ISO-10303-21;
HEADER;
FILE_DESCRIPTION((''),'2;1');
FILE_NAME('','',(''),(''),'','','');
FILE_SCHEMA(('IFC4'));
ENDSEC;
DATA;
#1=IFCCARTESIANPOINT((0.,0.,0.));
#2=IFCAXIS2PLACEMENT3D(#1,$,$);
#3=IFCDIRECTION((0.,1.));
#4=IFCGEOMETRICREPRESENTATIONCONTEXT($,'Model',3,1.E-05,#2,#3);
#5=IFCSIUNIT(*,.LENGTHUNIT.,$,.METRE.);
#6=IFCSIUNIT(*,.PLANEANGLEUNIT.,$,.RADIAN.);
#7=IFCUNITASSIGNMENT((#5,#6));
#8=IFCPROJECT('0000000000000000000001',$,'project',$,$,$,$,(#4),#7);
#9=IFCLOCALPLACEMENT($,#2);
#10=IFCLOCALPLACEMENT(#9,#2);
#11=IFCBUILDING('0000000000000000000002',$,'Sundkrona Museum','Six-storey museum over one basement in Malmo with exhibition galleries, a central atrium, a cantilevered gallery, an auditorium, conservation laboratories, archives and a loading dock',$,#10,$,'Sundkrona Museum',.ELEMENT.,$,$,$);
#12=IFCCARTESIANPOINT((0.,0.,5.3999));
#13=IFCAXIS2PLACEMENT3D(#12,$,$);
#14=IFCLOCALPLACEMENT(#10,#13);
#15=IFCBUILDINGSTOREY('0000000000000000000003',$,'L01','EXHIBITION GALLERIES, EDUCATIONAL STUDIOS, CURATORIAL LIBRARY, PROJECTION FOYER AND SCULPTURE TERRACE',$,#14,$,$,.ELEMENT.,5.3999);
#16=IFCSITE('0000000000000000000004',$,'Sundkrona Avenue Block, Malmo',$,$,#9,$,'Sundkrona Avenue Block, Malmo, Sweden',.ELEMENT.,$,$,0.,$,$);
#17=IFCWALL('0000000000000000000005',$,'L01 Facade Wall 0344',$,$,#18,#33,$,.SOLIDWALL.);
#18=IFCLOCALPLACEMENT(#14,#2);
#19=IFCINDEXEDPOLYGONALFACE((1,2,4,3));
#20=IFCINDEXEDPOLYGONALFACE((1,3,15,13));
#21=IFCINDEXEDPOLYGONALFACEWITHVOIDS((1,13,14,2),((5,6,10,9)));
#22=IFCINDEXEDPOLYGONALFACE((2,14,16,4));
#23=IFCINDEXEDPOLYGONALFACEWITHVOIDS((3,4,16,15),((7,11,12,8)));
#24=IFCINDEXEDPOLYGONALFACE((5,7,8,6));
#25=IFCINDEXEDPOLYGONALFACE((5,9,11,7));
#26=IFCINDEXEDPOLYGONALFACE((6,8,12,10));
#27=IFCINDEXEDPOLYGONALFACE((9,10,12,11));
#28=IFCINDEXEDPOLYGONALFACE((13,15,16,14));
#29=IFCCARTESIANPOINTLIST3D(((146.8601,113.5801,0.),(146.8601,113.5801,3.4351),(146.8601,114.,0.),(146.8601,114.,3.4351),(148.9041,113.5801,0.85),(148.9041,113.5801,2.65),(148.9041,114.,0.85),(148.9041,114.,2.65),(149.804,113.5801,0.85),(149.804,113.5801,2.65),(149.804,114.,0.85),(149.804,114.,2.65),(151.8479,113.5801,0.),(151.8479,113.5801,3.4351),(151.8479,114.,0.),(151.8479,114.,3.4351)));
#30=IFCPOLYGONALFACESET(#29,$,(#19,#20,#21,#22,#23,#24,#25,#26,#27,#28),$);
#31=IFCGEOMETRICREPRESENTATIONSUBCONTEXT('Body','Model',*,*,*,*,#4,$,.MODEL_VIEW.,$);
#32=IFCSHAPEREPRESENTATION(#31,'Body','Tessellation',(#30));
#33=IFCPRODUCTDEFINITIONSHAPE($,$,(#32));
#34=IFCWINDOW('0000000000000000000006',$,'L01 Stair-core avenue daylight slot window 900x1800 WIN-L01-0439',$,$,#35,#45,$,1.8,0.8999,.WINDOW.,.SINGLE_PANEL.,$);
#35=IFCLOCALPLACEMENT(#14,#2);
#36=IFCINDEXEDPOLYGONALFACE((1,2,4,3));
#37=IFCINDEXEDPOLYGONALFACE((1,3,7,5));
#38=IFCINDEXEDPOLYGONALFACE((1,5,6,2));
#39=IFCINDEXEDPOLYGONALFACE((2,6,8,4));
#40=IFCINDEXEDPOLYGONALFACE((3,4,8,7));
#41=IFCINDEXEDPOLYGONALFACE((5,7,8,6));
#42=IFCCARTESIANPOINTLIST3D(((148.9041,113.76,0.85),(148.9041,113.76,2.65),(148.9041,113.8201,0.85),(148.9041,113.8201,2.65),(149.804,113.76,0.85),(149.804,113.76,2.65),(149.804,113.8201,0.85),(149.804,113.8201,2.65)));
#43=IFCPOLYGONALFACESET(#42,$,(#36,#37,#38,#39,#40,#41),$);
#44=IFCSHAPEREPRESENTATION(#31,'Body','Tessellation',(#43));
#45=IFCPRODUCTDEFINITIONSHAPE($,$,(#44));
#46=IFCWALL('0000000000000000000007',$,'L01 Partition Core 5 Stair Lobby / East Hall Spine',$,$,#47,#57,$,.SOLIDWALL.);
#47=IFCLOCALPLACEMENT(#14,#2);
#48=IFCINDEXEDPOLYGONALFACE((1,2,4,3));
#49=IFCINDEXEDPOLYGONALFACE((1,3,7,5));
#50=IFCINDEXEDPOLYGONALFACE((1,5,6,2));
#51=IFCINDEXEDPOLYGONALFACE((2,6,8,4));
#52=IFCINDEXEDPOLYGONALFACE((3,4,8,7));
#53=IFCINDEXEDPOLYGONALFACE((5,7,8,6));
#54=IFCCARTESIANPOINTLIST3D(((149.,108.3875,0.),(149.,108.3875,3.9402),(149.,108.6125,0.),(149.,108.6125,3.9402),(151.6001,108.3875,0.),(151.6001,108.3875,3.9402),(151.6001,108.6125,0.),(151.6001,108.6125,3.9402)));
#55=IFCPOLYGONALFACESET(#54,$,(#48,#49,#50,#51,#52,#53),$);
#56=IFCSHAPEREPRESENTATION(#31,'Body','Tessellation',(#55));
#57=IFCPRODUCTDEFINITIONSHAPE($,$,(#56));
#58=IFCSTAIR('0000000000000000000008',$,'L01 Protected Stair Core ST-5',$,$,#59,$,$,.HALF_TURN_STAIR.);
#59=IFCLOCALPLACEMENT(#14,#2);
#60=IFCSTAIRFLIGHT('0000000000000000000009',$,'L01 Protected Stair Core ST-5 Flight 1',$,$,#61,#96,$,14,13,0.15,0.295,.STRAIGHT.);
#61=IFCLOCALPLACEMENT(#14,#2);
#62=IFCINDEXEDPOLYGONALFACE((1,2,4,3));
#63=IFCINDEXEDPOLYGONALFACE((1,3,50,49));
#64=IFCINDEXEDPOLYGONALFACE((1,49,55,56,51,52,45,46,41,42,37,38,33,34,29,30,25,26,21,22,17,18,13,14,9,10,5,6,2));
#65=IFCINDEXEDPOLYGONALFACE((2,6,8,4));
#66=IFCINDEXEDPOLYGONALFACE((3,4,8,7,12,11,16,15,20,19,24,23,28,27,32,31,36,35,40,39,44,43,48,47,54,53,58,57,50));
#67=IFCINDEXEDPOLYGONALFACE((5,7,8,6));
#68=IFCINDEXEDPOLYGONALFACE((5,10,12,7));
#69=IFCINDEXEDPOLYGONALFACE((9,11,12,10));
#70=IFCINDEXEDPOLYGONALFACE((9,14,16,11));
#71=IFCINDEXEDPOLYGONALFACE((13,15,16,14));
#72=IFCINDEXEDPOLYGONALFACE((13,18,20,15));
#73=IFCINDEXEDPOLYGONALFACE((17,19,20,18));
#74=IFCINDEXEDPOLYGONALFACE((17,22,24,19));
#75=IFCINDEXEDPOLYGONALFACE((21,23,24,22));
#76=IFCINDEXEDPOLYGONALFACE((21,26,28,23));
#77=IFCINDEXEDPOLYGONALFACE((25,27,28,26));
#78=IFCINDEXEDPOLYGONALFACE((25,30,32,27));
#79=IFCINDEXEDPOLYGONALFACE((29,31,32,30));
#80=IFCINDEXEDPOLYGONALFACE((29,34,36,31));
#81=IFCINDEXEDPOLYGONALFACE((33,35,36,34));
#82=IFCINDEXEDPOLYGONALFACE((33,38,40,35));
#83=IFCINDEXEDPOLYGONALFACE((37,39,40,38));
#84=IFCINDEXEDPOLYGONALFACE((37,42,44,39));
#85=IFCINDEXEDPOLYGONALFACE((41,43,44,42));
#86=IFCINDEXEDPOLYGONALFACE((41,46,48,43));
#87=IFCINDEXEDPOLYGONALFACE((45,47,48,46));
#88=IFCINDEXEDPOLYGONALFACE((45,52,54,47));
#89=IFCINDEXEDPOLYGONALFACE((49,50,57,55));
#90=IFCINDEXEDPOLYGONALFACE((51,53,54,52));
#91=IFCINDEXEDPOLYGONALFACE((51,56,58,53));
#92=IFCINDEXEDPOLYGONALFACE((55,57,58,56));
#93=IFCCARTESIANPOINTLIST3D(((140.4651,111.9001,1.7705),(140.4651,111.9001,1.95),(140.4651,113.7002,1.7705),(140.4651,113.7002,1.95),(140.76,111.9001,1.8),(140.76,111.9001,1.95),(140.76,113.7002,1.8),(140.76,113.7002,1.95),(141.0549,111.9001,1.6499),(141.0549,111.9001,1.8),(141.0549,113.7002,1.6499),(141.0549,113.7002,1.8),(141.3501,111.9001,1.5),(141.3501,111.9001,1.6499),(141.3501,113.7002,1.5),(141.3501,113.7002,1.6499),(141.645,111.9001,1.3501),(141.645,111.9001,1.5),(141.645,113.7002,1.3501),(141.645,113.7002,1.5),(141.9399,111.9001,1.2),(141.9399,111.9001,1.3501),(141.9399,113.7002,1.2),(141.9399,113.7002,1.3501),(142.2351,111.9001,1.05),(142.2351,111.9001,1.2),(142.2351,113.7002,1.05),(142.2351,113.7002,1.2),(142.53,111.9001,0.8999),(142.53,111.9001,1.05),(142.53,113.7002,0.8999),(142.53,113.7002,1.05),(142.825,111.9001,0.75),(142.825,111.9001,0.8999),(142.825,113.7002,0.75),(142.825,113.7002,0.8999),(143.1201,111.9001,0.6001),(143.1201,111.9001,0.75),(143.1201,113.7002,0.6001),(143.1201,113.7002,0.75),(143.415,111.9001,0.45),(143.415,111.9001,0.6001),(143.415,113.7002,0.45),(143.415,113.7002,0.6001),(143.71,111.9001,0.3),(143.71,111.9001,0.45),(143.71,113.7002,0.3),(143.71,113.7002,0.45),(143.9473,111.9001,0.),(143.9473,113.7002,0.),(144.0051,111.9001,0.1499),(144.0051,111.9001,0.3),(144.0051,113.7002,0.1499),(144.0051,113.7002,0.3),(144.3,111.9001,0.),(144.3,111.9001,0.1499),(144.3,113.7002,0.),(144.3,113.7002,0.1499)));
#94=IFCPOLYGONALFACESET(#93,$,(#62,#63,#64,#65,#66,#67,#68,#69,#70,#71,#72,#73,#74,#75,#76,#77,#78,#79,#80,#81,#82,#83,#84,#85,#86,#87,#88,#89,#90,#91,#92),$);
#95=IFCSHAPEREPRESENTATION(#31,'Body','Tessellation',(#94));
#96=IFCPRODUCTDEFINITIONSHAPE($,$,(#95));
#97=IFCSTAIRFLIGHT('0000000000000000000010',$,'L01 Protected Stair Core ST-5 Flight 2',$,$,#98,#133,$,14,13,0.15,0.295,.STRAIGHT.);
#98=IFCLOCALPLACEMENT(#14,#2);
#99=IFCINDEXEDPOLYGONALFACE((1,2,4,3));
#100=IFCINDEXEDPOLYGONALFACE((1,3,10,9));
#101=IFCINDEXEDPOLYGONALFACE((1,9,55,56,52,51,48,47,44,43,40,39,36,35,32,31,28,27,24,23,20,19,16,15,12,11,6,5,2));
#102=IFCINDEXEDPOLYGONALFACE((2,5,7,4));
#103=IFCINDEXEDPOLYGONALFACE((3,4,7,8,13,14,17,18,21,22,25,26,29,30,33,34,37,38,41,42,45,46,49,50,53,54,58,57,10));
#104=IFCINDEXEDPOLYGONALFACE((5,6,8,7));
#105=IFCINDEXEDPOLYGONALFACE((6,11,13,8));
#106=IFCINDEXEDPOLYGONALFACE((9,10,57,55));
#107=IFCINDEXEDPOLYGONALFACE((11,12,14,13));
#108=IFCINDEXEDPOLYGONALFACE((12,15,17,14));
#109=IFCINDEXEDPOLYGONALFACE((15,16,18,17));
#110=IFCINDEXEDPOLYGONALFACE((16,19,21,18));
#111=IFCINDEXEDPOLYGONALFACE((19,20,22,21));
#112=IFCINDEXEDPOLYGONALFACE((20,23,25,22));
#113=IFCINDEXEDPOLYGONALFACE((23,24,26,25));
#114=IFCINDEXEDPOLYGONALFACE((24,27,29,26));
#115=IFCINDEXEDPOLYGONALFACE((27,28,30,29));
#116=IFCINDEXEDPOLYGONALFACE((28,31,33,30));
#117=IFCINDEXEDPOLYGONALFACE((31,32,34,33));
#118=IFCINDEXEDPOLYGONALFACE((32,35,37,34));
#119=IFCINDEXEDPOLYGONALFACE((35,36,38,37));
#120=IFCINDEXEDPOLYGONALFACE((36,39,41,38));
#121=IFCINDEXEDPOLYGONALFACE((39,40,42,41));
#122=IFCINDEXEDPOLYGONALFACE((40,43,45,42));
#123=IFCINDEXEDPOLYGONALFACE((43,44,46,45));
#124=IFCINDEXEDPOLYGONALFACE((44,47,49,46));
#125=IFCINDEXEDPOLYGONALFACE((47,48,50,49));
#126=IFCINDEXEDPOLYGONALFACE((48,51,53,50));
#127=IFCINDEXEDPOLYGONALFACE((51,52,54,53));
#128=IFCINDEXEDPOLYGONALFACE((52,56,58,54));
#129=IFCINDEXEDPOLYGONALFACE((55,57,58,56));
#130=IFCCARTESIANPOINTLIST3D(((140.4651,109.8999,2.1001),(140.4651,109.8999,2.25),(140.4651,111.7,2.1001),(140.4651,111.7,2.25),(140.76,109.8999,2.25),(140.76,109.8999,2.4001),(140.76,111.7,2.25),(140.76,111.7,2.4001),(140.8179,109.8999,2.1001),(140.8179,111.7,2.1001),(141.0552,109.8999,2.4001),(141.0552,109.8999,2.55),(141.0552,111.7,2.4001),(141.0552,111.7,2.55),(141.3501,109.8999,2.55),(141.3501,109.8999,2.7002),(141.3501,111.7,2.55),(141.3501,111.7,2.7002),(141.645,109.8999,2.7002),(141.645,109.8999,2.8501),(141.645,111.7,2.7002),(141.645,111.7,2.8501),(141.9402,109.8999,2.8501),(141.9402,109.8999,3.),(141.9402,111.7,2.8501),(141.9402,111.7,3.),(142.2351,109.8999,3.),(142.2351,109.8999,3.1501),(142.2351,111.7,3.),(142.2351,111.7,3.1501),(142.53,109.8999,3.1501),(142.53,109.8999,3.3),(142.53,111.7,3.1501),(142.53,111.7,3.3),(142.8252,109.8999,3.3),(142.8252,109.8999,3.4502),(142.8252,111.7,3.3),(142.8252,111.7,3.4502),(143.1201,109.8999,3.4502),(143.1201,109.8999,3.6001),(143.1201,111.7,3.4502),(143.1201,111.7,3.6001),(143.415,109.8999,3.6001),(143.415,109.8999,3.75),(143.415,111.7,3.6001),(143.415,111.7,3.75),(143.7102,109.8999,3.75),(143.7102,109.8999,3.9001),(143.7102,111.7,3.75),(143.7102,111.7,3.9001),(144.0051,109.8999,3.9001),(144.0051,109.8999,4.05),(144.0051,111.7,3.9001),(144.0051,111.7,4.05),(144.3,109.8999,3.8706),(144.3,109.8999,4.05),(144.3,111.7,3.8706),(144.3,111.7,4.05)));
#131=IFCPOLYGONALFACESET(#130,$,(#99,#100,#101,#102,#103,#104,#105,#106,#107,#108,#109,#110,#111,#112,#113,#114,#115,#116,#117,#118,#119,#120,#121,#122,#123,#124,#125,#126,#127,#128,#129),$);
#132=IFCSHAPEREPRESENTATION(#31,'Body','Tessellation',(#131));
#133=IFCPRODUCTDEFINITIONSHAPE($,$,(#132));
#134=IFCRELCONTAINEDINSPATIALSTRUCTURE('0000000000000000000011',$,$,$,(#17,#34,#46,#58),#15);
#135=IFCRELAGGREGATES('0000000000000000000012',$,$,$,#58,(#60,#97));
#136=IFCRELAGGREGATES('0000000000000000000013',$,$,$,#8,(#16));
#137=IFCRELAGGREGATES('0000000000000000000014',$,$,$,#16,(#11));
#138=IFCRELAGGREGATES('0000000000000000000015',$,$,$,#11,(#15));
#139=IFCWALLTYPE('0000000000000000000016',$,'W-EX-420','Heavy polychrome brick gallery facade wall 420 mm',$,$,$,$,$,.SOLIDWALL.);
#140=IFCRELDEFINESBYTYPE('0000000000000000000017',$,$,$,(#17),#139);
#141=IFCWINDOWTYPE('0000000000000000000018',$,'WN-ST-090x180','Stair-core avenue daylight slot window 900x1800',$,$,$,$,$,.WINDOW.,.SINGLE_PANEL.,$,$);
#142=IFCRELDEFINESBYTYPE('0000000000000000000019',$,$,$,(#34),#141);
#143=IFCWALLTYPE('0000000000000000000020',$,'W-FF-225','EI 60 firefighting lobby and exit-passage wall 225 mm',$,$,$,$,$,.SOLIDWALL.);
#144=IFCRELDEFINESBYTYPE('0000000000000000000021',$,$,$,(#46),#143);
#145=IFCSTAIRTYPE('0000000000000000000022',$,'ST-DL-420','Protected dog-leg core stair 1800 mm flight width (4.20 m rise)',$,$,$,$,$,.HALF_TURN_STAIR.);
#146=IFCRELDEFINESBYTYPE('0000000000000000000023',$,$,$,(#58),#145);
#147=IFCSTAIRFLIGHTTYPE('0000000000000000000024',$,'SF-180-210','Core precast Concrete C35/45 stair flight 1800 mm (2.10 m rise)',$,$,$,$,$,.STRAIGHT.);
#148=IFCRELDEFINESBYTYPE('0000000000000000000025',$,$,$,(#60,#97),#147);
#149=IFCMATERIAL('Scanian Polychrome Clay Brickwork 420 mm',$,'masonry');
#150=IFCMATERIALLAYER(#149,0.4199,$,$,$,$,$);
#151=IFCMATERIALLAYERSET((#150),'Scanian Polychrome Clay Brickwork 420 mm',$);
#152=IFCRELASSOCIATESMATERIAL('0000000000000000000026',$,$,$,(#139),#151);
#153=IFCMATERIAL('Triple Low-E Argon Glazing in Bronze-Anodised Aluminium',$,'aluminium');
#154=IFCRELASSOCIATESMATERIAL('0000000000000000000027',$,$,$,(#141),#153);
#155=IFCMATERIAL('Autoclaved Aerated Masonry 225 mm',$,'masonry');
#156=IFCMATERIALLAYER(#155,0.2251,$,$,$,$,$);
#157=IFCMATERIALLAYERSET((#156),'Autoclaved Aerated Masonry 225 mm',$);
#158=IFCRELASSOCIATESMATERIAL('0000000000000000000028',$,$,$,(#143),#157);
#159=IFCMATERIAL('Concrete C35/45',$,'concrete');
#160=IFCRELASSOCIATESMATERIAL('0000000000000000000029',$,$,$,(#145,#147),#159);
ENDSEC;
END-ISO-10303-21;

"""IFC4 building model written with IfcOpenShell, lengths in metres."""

from ifc_helpers import new_model, si_unit, direction, frame, frame_2d, origin, place, context, subcontext, project, spatial, polyline, rectangle, outline, extrude, material, layer, layer_set, type_object, element, fill, aggregate, save


model = new_model("IFC4")

# Units and contexts
model_context = context("Model", 3, precision=1e-05, world=origin(), true_north=direction((0.0, 1.0)))
body_context = subcontext(model_context, "Body", "Model", "MODEL_VIEW")
ifc_project = project(units=[si_unit("LENGTHUNIT", "METRE"), si_unit("PLANEANGLEUNIT", "RADIAN")], contexts=[model_context])

# Site, building, storey
site_placement = place(None, origin())
site = spatial("IfcSite", under=ifc_project, at=site_placement, Name="Sundkrona Avenue Block, Malmo", LongName="Sundkrona Avenue Block, Malmo, Sweden", CompositionType="ELEMENT", RefElevation=0.0)
building_placement = place(site_placement, origin())
building = spatial("IfcBuilding", under=site, at=building_placement, Name="Sundkrona Museum", Description="Six-storey museum over one basement in Malmo with exhibition galleries, a central atrium, a cantilevered gallery, an auditorium, conservation laboratories, archives and a loading dock", LongName="Sundkrona Museum", CompositionType="ELEMENT")
storey_placement = place(building_placement, frame((0.0, 0.0, 5.3999)))
storey = spatial("IfcBuildingStorey", under=building, at=storey_placement, Name="L01", Description="EXHIBITION GALLERIES, EDUCATIONAL STUDIOS, CURATORIAL LIBRARY, PROJECTION FOYER AND SCULPTURE TERRACE", CompositionType="ELEMENT", Elevation=5.3999)

# Wall, opening, window
ifc_material_1 = material(Name="Scanian Polychrome Clay Brickwork 420 mm", Category="masonry")
ifc_layer_1 = layer(ifc_material_1, 0.4199)
ifc_layer_set_1 = layer_set([ifc_layer_1], Name="Scanian Polychrome Clay Brickwork 420 mm")
wall_type_1 = type_object("IfcWallType", Name="W-EX-420", Description="Heavy polychrome brick gallery facade wall 420 mm", PredefinedType="SOLIDWALL", material=ifc_layer_set_1)
wall_1_placement = place(storey_placement, frame((146.8601, 113.79, 0.0), z_axis=(0.0, 0.0, 1.0), x_axis=(1.0, 0.0, 0.0)))
wall_1 = element("IfcWall", 1, at=wall_1_placement, inside=storey, type_object=wall_type_1, Name="L01 Facade Wall 0344", PredefinedType="SOLIDWALL", context=body_context, shape_type="SweptSolid", body=[
    extrude(rectangle(XDim=4.9878, YDim=0.4199, at=frame_2d((2.4939, 0.0))), origin(), (0.0, 0.0, 1.0), 3.4351),
])
opening_1_placement = place(wall_1_placement, frame((2.0439, 0.0, 0.8501)))
opening_1 = element("IfcOpeningElement", 2, at=opening_1_placement, cuts=wall_1, PredefinedType="OPENING", context=body_context, shape_type="SweptSolid", body=[
    extrude(rectangle(XDim=0.8999, YDim=1.8, at=frame_2d((0.45, 0.8999))), frame((0.0, 0.22, 0.0), z_axis=(0.0, -1.0, 0.0), x_axis=(1.0, 0.0, 0.0)), (0.0, 0.0, 1.0), 0.4399),
])
ifc_material_2 = material(Name="Triple Low-E Argon Glazing in Bronze-Anodised Aluminium", Category="aluminium")
window_type = type_object("IfcWindowType", Name="WN-ST-090x180", Description="Stair-core avenue daylight slot window 900x1800", PartitioningType="SINGLE_PANEL", PredefinedType="WINDOW", material=ifc_material_2)
window_placement = place(opening_1_placement, origin())
window = element("IfcWindow", 3, at=window_placement, inside=storey, type_object=window_type, Name="L01 Stair-core avenue daylight slot window 900x1800 WIN-L01-0439", OverallHeight=1.8, OverallWidth=0.8999, PartitioningType="SINGLE_PANEL", PredefinedType="WINDOW", context=body_context, shape_type="SweptSolid", body=[
    extrude(rectangle(XDim=0.8999, YDim=1.8, at=frame_2d((0.45, 0.8999))), frame((0.0, 0.03, 0.0), z_axis=(0.0, -1.0, 0.0), x_axis=(1.0, 0.0, 0.0)), (0.0, 0.0, 1.0), 0.0601),
])
fill(opening_1, window)

# Wall
ifc_material_3 = material(Name="Autoclaved Aerated Masonry 225 mm", Category="masonry")
ifc_layer_2 = layer(ifc_material_3, 0.2251)
ifc_layer_set_2 = layer_set([ifc_layer_2], Name="Autoclaved Aerated Masonry 225 mm")
wall_type_2 = type_object("IfcWallType", Name="W-FF-225", Description="EI 60 firefighting lobby and exit-passage wall 225 mm", PredefinedType="SOLIDWALL", material=ifc_layer_set_2)
wall_2_placement = place(storey_placement, frame((149.0, 108.5, 0.0), z_axis=(0.0, 0.0, 1.0), x_axis=(1.0, 0.0, 0.0)))
element("IfcWall", 4, at=wall_2_placement, inside=storey, type_object=wall_type_2, Name="L01 Partition Core 5 Stair Lobby / East Hall Spine", PredefinedType="SOLIDWALL", context=body_context, shape_type="SweptSolid", body=[
    extrude(rectangle(XDim=2.6001, YDim=0.2251, at=frame_2d((1.3, 0.0))), origin(), (0.0, 0.0, 1.0), 3.9402),
])

# Stair, stair flights
ifc_material_4 = material(Name="Concrete C35/45", Category="concrete")
stair_type = type_object("IfcStairType", Name="ST-DL-420", Description="Protected dog-leg core stair 1800 mm flight width (4.20 m rise)", PredefinedType="HALF_TURN_STAIR", material=ifc_material_4)
stair_placement = place(storey_placement, origin())
stair = element("IfcStair", 5, at=stair_placement, inside=storey, type_object=stair_type, Name="L01 Protected Stair Core ST-5", PredefinedType="HALF_TURN_STAIR")
stair_flight_type = type_object("IfcStairFlightType", Name="SF-180-210", Description="Core precast Concrete C35/45 stair flight 1800 mm (2.10 m rise)", PredefinedType="STRAIGHT", material=ifc_material_4)
stair_flight_1_placement = place(storey_placement, frame((144.3, 112.8, 0.0), z_axis=(0.0, 0.0, 1.0), x_axis=(-1.0, 0.0, 0.0)))
stair_flight_1 = element("IfcStairFlight", 6, at=stair_flight_1_placement, type_object=stair_flight_type, Name="L01 Protected Stair Core ST-5 Flight 1", NumberOfRisers=14, NumberOfTreads=13, PredefinedType="STRAIGHT", RiserHeight=0.15, TreadLength=0.295, context=body_context, shape_type="SweptSolid", body=[
    extrude(outline(polyline([(0.0, 0.0), (0.0, 0.1499), (0.2949, 0.1499), (0.2949, 0.3), (0.5901, 0.3), (0.5901, 0.45), (0.885, 0.45), (0.885, 0.6001), (1.1799, 0.6001), (1.1799, 0.75), (1.4751, 0.75), (1.4751, 0.8999), (1.77, 0.8999), (1.77, 1.05), (2.0649, 1.05), (2.0649, 1.2), (2.3601, 1.2), (2.3601, 1.3501), (2.655, 1.3501), (2.655, 1.5), (2.95, 1.5), (2.95, 1.6499), (3.2451, 1.6499), (3.2451, 1.8), (3.54, 1.8), (3.54, 1.95), (3.835, 1.95), (3.835, 2.1001), (3.835, 1.7705), (0.3528, 0.0), (0.0, 0.0)])), frame((0.0, 0.8999, 0.0), z_axis=(0.0, -1.0, 0.0), x_axis=(1.0, 0.0, 0.0)), (0.0, 0.0, 1.0), 1.8),
])
stair_flight_2_placement = place(storey_placement, frame((140.4651, 110.8, 2.1001), z_axis=(0.0, 0.0, 1.0), x_axis=(1.0, 0.0, 0.0)))
stair_flight_2 = element("IfcStairFlight", 7, at=stair_flight_2_placement, type_object=stair_flight_type, Name="L01 Protected Stair Core ST-5 Flight 2", NumberOfRisers=14, NumberOfTreads=13, PredefinedType="STRAIGHT", RiserHeight=0.15, TreadLength=0.295, context=body_context, shape_type="SweptSolid", body=[
    extrude(outline(polyline([(0.0, 0.0), (0.0, 0.1499), (0.2949, 0.1499), (0.2949, 0.3), (0.5901, 0.3), (0.5901, 0.45), (0.885, 0.45), (0.885, 0.6001), (1.1799, 0.6001), (1.1799, 0.75), (1.4751, 0.75), (1.4751, 0.8999), (1.77, 0.8999), (1.77, 1.05), (2.0649, 1.05), (2.0649, 1.2), (2.3601, 1.2), (2.3601, 1.3501), (2.655, 1.3501), (2.655, 1.5), (2.95, 1.5), (2.95, 1.6499), (3.2451, 1.6499), (3.2451, 1.8), (3.54, 1.8), (3.54, 1.95), (3.835, 1.95), (3.835, 2.1001), (3.835, 1.7705), (0.3528, 0.0), (0.0, 0.0)])), frame((0.0, 0.8999, 0.0), z_axis=(0.0, -1.0, 0.0), x_axis=(1.0, 0.0, 0.0)), (0.0, 0.0, 1.0), 1.8),
])
aggregate(stair, [stair_flight_1, stair_flight_2])

save(model, "model.ifc")
